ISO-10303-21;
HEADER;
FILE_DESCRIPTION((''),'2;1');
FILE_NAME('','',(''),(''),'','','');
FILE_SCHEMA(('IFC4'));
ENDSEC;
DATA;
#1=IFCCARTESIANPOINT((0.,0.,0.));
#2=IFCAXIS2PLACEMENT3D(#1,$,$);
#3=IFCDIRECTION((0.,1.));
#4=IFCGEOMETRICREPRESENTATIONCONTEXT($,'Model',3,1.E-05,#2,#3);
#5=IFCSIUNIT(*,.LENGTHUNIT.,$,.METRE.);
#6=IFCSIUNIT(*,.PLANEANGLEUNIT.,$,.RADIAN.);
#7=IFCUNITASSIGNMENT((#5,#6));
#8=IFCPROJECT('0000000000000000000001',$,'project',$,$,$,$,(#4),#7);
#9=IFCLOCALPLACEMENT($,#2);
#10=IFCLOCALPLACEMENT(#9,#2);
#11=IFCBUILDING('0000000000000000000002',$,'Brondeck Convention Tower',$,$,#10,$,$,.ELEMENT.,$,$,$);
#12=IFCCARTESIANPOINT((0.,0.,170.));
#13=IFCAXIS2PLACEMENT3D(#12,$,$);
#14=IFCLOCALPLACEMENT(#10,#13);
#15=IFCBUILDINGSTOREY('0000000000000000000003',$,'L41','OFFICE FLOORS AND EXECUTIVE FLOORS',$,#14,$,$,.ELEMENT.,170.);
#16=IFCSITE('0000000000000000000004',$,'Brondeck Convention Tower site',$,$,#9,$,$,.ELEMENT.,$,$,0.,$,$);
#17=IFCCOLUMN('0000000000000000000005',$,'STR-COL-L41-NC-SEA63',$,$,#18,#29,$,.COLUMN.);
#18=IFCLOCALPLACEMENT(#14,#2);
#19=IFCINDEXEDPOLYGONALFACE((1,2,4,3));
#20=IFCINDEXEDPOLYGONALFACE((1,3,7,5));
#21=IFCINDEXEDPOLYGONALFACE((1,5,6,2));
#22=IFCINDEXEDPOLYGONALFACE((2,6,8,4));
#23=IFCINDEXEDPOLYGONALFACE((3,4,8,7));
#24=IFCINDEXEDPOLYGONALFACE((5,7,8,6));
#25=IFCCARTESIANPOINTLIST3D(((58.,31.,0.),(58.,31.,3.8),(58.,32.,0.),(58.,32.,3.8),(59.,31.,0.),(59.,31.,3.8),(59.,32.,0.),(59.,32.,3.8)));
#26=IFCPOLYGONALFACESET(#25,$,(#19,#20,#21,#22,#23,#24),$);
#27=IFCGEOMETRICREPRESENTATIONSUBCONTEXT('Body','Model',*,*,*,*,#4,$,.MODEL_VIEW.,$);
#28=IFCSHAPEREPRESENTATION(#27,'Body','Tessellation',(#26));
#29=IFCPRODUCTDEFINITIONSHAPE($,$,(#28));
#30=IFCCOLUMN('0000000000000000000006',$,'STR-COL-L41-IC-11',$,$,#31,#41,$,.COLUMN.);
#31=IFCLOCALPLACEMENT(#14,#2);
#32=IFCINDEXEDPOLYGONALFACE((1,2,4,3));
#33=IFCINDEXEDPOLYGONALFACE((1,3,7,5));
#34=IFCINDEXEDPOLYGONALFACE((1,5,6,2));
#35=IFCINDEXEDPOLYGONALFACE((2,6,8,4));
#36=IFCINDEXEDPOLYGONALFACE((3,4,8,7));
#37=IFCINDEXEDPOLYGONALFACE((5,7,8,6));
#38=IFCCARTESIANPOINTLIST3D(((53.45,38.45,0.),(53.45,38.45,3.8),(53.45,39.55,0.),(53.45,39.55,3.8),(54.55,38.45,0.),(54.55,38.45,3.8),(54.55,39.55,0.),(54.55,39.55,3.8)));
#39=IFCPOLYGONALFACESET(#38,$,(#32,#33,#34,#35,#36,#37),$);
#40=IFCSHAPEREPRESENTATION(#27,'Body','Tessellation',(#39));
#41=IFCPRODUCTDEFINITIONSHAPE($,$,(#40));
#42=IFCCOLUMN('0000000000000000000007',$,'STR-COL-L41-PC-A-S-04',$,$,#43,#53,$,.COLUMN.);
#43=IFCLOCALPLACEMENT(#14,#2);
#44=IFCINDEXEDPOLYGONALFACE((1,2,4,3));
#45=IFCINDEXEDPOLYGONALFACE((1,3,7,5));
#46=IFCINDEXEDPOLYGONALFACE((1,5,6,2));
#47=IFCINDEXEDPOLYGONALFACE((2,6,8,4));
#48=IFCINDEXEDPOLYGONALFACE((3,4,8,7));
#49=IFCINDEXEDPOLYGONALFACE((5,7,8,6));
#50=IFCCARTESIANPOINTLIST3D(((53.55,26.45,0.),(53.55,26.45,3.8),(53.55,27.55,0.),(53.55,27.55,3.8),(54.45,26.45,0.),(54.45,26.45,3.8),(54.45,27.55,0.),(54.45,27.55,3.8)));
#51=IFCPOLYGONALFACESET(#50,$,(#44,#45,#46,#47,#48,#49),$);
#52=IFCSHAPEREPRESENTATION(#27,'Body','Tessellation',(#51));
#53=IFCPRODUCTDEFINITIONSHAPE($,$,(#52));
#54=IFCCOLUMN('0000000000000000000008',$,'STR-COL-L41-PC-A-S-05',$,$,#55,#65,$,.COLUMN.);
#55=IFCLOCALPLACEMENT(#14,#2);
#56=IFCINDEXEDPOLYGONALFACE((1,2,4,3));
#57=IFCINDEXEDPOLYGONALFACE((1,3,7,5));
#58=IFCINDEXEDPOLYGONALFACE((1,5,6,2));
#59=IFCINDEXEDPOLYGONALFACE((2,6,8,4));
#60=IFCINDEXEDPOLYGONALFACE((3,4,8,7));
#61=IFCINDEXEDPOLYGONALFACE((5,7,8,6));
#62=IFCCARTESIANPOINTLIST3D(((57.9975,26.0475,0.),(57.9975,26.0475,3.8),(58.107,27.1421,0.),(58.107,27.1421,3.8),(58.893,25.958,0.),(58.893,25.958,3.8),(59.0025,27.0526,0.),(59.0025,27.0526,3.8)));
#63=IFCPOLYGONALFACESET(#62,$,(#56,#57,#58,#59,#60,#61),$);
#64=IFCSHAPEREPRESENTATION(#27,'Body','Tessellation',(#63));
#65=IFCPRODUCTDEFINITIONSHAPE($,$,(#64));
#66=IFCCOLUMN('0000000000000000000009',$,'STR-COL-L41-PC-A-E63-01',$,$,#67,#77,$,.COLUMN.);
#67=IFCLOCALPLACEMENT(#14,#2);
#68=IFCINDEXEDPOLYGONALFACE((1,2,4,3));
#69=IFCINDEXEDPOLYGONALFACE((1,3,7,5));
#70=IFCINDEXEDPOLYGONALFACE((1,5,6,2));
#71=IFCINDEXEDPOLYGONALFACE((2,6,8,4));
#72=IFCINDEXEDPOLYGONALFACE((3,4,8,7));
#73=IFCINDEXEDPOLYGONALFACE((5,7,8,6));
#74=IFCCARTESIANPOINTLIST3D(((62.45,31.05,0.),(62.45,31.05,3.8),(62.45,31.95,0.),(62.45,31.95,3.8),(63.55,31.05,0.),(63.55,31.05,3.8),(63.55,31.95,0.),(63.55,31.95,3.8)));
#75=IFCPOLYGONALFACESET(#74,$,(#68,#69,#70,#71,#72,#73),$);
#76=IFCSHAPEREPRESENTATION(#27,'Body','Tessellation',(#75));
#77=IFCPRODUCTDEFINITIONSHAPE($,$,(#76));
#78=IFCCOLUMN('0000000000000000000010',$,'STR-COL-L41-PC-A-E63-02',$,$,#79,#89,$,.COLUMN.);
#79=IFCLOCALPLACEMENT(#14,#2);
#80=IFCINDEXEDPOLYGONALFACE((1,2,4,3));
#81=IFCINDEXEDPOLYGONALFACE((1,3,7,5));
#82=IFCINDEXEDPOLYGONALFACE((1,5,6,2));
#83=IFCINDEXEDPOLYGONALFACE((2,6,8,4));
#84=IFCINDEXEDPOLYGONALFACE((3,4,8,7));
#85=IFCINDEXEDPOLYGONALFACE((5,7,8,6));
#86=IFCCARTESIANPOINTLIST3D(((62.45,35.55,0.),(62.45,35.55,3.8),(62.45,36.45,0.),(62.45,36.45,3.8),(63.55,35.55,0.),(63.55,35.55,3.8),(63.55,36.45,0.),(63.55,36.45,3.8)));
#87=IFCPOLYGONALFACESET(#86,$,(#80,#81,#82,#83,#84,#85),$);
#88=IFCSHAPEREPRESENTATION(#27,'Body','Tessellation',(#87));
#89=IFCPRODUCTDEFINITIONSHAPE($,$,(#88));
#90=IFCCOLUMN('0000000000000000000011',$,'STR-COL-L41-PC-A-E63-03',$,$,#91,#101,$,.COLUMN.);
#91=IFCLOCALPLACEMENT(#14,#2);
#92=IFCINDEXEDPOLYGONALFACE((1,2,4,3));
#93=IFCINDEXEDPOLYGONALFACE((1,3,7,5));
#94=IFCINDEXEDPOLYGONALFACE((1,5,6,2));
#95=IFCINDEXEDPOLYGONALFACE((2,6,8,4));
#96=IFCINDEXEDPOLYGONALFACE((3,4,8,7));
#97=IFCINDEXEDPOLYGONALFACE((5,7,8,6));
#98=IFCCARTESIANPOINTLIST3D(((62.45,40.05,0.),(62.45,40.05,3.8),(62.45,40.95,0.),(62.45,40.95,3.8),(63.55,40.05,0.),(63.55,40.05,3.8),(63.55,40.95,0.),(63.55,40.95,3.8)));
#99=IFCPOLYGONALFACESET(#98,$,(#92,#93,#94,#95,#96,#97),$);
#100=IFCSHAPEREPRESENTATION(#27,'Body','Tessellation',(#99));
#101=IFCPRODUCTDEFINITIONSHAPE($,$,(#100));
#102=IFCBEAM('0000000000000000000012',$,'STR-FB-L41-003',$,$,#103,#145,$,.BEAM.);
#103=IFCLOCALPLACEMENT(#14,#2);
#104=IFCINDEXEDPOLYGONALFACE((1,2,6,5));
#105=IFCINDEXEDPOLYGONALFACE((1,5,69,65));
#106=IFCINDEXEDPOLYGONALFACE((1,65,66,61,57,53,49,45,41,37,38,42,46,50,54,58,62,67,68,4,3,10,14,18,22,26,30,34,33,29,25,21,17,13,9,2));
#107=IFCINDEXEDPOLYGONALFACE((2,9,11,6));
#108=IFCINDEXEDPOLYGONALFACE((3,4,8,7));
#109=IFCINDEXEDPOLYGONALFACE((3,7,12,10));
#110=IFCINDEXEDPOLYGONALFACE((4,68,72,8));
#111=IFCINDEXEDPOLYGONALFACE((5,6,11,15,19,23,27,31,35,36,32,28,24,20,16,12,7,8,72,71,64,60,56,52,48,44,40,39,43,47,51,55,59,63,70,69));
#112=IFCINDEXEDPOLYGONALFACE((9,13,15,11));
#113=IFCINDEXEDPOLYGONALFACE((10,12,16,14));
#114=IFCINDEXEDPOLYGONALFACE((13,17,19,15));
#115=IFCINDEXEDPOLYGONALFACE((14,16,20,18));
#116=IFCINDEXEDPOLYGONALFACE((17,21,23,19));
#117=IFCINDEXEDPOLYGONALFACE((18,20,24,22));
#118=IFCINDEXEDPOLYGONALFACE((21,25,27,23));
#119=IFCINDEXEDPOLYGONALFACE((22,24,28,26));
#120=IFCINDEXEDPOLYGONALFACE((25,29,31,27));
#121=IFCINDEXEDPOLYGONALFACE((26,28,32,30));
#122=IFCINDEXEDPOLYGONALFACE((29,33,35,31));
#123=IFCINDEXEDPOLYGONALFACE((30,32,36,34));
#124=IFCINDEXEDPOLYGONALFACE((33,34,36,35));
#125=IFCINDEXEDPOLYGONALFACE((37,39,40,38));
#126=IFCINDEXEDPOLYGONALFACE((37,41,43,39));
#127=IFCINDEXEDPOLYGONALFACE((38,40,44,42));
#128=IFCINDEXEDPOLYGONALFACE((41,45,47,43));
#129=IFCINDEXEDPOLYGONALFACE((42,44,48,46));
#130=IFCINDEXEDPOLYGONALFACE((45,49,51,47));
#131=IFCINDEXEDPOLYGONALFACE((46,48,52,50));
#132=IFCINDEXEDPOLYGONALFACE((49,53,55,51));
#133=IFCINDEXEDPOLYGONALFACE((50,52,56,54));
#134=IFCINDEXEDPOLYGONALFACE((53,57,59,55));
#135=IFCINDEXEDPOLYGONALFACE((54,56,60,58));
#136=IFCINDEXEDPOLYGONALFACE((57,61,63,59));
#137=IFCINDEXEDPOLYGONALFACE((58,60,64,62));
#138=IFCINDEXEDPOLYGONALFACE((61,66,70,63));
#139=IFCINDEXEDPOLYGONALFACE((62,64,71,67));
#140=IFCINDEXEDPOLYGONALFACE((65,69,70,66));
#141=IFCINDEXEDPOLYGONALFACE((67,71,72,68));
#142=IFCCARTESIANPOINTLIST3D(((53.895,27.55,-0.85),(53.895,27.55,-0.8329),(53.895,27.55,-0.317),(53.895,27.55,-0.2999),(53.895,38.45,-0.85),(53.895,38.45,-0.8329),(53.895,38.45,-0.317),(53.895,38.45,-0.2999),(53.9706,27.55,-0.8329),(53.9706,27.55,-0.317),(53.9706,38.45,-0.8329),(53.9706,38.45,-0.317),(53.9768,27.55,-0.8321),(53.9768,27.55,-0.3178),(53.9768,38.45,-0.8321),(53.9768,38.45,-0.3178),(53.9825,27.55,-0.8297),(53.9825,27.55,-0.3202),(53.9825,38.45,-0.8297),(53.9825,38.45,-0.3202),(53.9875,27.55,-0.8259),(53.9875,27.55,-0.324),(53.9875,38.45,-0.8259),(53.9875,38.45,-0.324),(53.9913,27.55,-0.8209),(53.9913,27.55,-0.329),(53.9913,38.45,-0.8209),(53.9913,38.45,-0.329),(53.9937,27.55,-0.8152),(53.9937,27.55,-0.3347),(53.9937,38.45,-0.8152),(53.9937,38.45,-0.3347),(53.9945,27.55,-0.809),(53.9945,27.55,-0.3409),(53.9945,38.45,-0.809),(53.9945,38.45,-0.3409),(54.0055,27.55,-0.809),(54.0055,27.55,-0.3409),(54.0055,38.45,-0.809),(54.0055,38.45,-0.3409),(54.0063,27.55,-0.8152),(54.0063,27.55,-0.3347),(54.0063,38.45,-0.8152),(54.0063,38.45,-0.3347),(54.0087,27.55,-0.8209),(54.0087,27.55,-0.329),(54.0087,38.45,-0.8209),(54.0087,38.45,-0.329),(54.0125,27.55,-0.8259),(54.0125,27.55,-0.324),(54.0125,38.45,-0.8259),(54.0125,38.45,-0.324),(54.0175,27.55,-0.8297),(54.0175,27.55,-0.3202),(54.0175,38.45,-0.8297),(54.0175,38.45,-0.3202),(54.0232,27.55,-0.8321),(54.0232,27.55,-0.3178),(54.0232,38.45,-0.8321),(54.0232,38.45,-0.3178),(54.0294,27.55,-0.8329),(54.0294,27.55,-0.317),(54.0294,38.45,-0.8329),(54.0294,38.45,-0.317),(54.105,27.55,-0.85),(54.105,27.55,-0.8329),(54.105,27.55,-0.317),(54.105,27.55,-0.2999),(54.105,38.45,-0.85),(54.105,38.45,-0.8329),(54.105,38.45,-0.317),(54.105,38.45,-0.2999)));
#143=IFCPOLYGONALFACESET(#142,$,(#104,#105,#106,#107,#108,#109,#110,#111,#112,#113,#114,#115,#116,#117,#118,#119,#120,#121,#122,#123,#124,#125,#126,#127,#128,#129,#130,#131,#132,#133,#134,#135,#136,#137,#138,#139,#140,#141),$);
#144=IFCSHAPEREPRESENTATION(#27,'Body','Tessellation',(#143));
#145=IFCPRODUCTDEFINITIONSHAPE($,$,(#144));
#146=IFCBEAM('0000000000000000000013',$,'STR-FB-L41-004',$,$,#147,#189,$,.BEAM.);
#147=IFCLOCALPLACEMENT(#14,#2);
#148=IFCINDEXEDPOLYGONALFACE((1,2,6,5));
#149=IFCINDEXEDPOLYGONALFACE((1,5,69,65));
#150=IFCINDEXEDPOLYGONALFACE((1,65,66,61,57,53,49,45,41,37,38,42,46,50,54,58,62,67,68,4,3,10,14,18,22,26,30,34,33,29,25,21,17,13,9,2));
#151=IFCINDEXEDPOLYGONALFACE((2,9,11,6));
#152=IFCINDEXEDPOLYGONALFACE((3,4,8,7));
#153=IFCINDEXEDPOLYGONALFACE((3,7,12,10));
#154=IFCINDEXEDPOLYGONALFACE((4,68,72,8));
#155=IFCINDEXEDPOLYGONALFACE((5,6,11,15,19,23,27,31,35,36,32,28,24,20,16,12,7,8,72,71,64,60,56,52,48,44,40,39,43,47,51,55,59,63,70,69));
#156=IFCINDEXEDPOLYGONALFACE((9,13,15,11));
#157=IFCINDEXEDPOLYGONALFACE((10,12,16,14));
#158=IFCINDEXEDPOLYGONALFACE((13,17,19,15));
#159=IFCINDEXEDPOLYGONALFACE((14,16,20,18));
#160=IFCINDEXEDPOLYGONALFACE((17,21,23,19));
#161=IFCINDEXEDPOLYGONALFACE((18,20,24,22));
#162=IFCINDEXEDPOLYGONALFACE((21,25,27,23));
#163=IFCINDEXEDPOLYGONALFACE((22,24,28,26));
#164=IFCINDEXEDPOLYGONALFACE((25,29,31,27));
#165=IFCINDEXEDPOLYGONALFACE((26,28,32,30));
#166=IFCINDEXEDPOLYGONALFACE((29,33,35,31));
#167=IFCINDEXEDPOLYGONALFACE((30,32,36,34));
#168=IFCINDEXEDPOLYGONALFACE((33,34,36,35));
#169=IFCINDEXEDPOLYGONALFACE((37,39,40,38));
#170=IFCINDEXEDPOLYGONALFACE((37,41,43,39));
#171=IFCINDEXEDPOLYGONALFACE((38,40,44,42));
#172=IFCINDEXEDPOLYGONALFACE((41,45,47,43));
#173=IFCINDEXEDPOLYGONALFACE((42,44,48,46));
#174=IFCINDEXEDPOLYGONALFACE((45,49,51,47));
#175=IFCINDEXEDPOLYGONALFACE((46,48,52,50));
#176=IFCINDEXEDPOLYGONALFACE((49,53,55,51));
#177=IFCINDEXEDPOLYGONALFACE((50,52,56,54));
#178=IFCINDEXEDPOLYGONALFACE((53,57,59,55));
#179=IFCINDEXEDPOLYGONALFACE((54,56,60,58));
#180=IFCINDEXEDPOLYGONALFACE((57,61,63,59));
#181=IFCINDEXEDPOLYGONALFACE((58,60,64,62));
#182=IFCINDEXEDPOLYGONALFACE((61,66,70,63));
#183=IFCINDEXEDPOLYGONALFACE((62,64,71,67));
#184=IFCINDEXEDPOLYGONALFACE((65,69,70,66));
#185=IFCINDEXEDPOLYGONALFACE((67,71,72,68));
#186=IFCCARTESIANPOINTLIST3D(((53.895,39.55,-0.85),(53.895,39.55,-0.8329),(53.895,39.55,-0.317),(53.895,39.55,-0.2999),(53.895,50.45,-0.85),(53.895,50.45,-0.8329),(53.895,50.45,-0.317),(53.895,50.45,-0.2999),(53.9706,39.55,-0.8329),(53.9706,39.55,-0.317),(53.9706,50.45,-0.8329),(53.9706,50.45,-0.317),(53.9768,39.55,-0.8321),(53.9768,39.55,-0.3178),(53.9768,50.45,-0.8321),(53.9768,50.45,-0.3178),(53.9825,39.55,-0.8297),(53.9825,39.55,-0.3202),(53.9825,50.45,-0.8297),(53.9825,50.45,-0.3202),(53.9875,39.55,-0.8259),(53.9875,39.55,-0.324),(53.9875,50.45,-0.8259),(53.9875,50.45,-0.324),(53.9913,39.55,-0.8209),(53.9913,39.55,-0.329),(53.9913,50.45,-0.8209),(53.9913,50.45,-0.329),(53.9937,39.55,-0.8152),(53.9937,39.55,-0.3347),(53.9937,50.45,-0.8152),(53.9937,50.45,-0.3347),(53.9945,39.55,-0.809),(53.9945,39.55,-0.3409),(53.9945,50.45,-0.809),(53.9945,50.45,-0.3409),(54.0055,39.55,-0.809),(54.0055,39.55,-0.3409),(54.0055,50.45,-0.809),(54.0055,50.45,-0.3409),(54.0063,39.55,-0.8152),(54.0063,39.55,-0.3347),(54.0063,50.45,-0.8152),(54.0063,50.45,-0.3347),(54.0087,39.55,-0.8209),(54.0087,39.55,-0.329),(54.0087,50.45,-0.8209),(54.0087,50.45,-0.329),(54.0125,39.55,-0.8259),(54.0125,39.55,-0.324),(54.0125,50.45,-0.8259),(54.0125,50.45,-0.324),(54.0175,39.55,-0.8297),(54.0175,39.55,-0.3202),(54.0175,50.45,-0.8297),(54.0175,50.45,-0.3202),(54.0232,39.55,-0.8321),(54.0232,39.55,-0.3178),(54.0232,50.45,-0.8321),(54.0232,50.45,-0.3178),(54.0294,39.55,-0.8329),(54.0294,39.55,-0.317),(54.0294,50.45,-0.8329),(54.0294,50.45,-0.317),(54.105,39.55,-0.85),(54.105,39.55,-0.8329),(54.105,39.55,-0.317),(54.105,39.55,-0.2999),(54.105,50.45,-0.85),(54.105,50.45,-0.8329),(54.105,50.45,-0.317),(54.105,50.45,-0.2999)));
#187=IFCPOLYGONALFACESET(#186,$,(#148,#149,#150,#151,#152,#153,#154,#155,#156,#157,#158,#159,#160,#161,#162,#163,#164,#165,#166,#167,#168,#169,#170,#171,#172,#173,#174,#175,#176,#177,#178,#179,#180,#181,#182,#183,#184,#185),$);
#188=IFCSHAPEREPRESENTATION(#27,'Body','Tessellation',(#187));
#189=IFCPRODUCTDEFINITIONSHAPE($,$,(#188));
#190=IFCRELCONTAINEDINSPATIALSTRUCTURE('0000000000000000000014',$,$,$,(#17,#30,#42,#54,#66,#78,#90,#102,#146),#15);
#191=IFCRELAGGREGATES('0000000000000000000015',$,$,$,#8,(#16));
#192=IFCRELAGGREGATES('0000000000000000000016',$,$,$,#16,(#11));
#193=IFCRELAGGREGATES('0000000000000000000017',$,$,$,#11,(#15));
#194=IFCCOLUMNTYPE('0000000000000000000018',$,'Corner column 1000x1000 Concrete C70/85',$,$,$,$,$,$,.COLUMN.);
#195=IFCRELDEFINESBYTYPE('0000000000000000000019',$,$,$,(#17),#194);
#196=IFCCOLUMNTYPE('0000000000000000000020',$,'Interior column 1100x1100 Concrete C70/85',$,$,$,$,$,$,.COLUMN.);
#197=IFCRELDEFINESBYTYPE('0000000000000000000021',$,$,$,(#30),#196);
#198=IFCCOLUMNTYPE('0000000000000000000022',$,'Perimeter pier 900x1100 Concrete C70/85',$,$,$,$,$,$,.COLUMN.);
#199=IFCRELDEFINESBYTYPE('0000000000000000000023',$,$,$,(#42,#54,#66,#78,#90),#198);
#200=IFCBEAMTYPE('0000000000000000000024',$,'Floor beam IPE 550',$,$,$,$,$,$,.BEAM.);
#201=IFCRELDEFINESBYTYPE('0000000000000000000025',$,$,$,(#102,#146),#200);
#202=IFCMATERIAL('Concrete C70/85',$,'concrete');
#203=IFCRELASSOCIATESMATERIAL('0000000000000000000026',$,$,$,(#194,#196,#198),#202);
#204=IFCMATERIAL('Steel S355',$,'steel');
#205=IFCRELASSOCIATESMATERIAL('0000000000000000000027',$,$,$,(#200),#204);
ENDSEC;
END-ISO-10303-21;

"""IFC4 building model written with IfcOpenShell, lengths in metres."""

from ifc_helpers import new_model, si_unit, direction, frame, origin, origin_2d, place, context, subcontext, project, spatial, rectangle, i_section, extrude, material, material_profile, profile_set, type_object, element, save


model = new_model("IFC4")

# Units and contexts
model_context = context("Model", 3, precision=1e-05, world=origin(), true_north=direction((0.0, 1.0)))
body_context = subcontext(model_context, "Body", "Model", "MODEL_VIEW")
ifc_project = project(units=[si_unit("LENGTHUNIT", "METRE"), si_unit("PLANEANGLEUNIT", "RADIAN")], contexts=[model_context])

# Site, building, storey
site_placement = place(None, origin())
site = spatial("IfcSite", under=ifc_project, at=site_placement, Name="Brondeck Convention Tower site", CompositionType="ELEMENT", RefElevation=0.0)
building_placement = place(site_placement, origin())
building = spatial("IfcBuilding", under=site, at=building_placement, Name="Brondeck Convention Tower", CompositionType="ELEMENT")
storey_placement = place(building_placement, frame((0.0, 0.0, 170.0)))
storey = spatial("IfcBuildingStorey", under=building, at=storey_placement, Name="L41", Description="OFFICE FLOORS AND EXECUTIVE FLOORS", CompositionType="ELEMENT", Elevation=170.0)

# Columns
ifc_material_1 = material(Name="Concrete C70/85", Category="concrete")
ifc_material_profile_1 = material_profile(ifc_material_1, rectangle(XDim=1.0, YDim=1.0, at=origin_2d()), Name="Corner column 1000x1000 Concrete C70/85")
ifc_profile_set_1 = profile_set([ifc_material_profile_1], Name="Concrete C70/85")
column_type_1 = type_object("IfcColumnType", Name="Corner column 1000x1000 Concrete C70/85", PredefinedType="COLUMN", material=ifc_profile_set_1)
column_1_placement = place(storey_placement, frame((58.5, 31.5, 0.0), z_axis=(0.0, 0.0, 1.0), x_axis=(1.0, 0.0, 0.0)))
element("IfcColumn", 1, at=column_1_placement, inside=storey, type_object=column_type_1, Name="STR-COL-L41-NC-SEA63", PredefinedType="COLUMN", context=body_context, shape_type="SweptSolid", body=[
    extrude(rectangle(XDim=1.0, YDim=1.0, at=origin_2d()), origin(), (0.0, 0.0, 1.0), 3.8),
])
ifc_material_profile_2 = material_profile(ifc_material_1, rectangle(XDim=1.1001, YDim=1.1001, at=origin_2d()), Name="Interior column 1100x1100 Concrete C70/85")
ifc_profile_set_2 = profile_set([ifc_material_profile_2], Name="Concrete C70/85")
column_type_2 = type_object("IfcColumnType", Name="Interior column 1100x1100 Concrete C70/85", PredefinedType="COLUMN", material=ifc_profile_set_2)
column_2_placement = place(storey_placement, frame((54.0, 39.0, 0.0), z_axis=(0.0, 0.0, 1.0), x_axis=(1.0, 0.0, 0.0)))
element("IfcColumn", 2, at=column_2_placement, inside=storey, type_object=column_type_2, Name="STR-COL-L41-IC-11", PredefinedType="COLUMN", context=body_context, shape_type="SweptSolid", body=[
    extrude(rectangle(XDim=1.1001, YDim=1.1001, at=origin_2d()), origin(), (0.0, 0.0, 1.0), 3.8),
])
ifc_material_profile_3 = material_profile(ifc_material_1, rectangle(XDim=0.8999, YDim=1.1001, at=origin_2d()), Name="Perimeter pier 900x1100 Concrete C70/85")
ifc_profile_set_3 = profile_set([ifc_material_profile_3], Name="Concrete C70/85")
column_type_3 = type_object("IfcColumnType", Name="Perimeter pier 900x1100 Concrete C70/85", PredefinedType="COLUMN", material=ifc_profile_set_3)
for number, where, z_axis, x_axis, name in (
    (3, (54.0, 27.0, 0.0), (0.0, 0.0, 1.0), (1.0, 0.0, 0.0), "STR-COL-L41-PC-A-S-04"),
    (4, (58.5, 26.55, 0.0), (0.0, 0.0, 1.0), (0.995037, -0.099504, 0.0), "STR-COL-L41-PC-A-S-05"),
    (5, (63.0, 31.5, 0.0), (0.0, 0.0, 1.0), (0.0, 1.0, 0.0), "STR-COL-L41-PC-A-E63-01"),
    (6, (63.0, 36.0, 0.0), (0.0, 0.0, 1.0), (0.0, 1.0, 0.0), "STR-COL-L41-PC-A-E63-02"),
    (7, (63.0, 40.5, 0.0), (0.0, 0.0, 1.0), (0.0, 1.0, 0.0), "STR-COL-L41-PC-A-E63-03"),
):
    element("IfcColumn", number, at=place(storey_placement, frame(where, z_axis=z_axis, x_axis=x_axis)), inside=storey, type_object=column_type_3, Name=name, PredefinedType="COLUMN", context=body_context, shape_type="SweptSolid", body=[
        extrude(rectangle(XDim=0.8999, YDim=1.1001, at=origin_2d()), origin(), (0.0, 0.0, 1.0), 3.8),
    ])

# Beams
ifc_material_2 = material(Name="Steel S355", Category="steel")
ifc_material_profile_4 = material_profile(ifc_material_2, i_section(OverallWidth=0.21, OverallDepth=0.55, WebThickness=0.011, FlangeThickness=0.0171, FilletRadius=0.0239, at=origin_2d()), Name="IPE 550")
ifc_profile_set_4 = profile_set([ifc_material_profile_4], Name="Steel S355")
beam_type_1 = type_object("IfcBeamType", Name="Floor beam IPE 550", PredefinedType="BEAM", material=ifc_profile_set_4)
for number, where, z_axis, x_axis, name in (
    (8, (54.0, 27.55, -0.575), (0.0, 1.0, 0.0), (-1.0, 0.0, 0.0), "STR-FB-L41-003"),
    (9, (54.0, 39.55, -0.575), (0.0, 1.0, 0.0), (-1.0, 0.0, 0.0), "STR-FB-L41-004"),
):
    element("IfcBeam", number, at=place(storey_placement, frame(where, z_axis=z_axis, x_axis=x_axis)), inside=storey, type_object=beam_type_1, Name=name, PredefinedType="BEAM", context=body_context, shape_type="SweptSolid", body=[
        extrude(i_section(OverallWidth=0.21, OverallDepth=0.55, WebThickness=0.011, FlangeThickness=0.0171, FilletRadius=0.0239, at=origin_2d()), origin(), (0.0, 0.0, 1.0), 10.8999),
    ])

save(model, "model.ifc")
